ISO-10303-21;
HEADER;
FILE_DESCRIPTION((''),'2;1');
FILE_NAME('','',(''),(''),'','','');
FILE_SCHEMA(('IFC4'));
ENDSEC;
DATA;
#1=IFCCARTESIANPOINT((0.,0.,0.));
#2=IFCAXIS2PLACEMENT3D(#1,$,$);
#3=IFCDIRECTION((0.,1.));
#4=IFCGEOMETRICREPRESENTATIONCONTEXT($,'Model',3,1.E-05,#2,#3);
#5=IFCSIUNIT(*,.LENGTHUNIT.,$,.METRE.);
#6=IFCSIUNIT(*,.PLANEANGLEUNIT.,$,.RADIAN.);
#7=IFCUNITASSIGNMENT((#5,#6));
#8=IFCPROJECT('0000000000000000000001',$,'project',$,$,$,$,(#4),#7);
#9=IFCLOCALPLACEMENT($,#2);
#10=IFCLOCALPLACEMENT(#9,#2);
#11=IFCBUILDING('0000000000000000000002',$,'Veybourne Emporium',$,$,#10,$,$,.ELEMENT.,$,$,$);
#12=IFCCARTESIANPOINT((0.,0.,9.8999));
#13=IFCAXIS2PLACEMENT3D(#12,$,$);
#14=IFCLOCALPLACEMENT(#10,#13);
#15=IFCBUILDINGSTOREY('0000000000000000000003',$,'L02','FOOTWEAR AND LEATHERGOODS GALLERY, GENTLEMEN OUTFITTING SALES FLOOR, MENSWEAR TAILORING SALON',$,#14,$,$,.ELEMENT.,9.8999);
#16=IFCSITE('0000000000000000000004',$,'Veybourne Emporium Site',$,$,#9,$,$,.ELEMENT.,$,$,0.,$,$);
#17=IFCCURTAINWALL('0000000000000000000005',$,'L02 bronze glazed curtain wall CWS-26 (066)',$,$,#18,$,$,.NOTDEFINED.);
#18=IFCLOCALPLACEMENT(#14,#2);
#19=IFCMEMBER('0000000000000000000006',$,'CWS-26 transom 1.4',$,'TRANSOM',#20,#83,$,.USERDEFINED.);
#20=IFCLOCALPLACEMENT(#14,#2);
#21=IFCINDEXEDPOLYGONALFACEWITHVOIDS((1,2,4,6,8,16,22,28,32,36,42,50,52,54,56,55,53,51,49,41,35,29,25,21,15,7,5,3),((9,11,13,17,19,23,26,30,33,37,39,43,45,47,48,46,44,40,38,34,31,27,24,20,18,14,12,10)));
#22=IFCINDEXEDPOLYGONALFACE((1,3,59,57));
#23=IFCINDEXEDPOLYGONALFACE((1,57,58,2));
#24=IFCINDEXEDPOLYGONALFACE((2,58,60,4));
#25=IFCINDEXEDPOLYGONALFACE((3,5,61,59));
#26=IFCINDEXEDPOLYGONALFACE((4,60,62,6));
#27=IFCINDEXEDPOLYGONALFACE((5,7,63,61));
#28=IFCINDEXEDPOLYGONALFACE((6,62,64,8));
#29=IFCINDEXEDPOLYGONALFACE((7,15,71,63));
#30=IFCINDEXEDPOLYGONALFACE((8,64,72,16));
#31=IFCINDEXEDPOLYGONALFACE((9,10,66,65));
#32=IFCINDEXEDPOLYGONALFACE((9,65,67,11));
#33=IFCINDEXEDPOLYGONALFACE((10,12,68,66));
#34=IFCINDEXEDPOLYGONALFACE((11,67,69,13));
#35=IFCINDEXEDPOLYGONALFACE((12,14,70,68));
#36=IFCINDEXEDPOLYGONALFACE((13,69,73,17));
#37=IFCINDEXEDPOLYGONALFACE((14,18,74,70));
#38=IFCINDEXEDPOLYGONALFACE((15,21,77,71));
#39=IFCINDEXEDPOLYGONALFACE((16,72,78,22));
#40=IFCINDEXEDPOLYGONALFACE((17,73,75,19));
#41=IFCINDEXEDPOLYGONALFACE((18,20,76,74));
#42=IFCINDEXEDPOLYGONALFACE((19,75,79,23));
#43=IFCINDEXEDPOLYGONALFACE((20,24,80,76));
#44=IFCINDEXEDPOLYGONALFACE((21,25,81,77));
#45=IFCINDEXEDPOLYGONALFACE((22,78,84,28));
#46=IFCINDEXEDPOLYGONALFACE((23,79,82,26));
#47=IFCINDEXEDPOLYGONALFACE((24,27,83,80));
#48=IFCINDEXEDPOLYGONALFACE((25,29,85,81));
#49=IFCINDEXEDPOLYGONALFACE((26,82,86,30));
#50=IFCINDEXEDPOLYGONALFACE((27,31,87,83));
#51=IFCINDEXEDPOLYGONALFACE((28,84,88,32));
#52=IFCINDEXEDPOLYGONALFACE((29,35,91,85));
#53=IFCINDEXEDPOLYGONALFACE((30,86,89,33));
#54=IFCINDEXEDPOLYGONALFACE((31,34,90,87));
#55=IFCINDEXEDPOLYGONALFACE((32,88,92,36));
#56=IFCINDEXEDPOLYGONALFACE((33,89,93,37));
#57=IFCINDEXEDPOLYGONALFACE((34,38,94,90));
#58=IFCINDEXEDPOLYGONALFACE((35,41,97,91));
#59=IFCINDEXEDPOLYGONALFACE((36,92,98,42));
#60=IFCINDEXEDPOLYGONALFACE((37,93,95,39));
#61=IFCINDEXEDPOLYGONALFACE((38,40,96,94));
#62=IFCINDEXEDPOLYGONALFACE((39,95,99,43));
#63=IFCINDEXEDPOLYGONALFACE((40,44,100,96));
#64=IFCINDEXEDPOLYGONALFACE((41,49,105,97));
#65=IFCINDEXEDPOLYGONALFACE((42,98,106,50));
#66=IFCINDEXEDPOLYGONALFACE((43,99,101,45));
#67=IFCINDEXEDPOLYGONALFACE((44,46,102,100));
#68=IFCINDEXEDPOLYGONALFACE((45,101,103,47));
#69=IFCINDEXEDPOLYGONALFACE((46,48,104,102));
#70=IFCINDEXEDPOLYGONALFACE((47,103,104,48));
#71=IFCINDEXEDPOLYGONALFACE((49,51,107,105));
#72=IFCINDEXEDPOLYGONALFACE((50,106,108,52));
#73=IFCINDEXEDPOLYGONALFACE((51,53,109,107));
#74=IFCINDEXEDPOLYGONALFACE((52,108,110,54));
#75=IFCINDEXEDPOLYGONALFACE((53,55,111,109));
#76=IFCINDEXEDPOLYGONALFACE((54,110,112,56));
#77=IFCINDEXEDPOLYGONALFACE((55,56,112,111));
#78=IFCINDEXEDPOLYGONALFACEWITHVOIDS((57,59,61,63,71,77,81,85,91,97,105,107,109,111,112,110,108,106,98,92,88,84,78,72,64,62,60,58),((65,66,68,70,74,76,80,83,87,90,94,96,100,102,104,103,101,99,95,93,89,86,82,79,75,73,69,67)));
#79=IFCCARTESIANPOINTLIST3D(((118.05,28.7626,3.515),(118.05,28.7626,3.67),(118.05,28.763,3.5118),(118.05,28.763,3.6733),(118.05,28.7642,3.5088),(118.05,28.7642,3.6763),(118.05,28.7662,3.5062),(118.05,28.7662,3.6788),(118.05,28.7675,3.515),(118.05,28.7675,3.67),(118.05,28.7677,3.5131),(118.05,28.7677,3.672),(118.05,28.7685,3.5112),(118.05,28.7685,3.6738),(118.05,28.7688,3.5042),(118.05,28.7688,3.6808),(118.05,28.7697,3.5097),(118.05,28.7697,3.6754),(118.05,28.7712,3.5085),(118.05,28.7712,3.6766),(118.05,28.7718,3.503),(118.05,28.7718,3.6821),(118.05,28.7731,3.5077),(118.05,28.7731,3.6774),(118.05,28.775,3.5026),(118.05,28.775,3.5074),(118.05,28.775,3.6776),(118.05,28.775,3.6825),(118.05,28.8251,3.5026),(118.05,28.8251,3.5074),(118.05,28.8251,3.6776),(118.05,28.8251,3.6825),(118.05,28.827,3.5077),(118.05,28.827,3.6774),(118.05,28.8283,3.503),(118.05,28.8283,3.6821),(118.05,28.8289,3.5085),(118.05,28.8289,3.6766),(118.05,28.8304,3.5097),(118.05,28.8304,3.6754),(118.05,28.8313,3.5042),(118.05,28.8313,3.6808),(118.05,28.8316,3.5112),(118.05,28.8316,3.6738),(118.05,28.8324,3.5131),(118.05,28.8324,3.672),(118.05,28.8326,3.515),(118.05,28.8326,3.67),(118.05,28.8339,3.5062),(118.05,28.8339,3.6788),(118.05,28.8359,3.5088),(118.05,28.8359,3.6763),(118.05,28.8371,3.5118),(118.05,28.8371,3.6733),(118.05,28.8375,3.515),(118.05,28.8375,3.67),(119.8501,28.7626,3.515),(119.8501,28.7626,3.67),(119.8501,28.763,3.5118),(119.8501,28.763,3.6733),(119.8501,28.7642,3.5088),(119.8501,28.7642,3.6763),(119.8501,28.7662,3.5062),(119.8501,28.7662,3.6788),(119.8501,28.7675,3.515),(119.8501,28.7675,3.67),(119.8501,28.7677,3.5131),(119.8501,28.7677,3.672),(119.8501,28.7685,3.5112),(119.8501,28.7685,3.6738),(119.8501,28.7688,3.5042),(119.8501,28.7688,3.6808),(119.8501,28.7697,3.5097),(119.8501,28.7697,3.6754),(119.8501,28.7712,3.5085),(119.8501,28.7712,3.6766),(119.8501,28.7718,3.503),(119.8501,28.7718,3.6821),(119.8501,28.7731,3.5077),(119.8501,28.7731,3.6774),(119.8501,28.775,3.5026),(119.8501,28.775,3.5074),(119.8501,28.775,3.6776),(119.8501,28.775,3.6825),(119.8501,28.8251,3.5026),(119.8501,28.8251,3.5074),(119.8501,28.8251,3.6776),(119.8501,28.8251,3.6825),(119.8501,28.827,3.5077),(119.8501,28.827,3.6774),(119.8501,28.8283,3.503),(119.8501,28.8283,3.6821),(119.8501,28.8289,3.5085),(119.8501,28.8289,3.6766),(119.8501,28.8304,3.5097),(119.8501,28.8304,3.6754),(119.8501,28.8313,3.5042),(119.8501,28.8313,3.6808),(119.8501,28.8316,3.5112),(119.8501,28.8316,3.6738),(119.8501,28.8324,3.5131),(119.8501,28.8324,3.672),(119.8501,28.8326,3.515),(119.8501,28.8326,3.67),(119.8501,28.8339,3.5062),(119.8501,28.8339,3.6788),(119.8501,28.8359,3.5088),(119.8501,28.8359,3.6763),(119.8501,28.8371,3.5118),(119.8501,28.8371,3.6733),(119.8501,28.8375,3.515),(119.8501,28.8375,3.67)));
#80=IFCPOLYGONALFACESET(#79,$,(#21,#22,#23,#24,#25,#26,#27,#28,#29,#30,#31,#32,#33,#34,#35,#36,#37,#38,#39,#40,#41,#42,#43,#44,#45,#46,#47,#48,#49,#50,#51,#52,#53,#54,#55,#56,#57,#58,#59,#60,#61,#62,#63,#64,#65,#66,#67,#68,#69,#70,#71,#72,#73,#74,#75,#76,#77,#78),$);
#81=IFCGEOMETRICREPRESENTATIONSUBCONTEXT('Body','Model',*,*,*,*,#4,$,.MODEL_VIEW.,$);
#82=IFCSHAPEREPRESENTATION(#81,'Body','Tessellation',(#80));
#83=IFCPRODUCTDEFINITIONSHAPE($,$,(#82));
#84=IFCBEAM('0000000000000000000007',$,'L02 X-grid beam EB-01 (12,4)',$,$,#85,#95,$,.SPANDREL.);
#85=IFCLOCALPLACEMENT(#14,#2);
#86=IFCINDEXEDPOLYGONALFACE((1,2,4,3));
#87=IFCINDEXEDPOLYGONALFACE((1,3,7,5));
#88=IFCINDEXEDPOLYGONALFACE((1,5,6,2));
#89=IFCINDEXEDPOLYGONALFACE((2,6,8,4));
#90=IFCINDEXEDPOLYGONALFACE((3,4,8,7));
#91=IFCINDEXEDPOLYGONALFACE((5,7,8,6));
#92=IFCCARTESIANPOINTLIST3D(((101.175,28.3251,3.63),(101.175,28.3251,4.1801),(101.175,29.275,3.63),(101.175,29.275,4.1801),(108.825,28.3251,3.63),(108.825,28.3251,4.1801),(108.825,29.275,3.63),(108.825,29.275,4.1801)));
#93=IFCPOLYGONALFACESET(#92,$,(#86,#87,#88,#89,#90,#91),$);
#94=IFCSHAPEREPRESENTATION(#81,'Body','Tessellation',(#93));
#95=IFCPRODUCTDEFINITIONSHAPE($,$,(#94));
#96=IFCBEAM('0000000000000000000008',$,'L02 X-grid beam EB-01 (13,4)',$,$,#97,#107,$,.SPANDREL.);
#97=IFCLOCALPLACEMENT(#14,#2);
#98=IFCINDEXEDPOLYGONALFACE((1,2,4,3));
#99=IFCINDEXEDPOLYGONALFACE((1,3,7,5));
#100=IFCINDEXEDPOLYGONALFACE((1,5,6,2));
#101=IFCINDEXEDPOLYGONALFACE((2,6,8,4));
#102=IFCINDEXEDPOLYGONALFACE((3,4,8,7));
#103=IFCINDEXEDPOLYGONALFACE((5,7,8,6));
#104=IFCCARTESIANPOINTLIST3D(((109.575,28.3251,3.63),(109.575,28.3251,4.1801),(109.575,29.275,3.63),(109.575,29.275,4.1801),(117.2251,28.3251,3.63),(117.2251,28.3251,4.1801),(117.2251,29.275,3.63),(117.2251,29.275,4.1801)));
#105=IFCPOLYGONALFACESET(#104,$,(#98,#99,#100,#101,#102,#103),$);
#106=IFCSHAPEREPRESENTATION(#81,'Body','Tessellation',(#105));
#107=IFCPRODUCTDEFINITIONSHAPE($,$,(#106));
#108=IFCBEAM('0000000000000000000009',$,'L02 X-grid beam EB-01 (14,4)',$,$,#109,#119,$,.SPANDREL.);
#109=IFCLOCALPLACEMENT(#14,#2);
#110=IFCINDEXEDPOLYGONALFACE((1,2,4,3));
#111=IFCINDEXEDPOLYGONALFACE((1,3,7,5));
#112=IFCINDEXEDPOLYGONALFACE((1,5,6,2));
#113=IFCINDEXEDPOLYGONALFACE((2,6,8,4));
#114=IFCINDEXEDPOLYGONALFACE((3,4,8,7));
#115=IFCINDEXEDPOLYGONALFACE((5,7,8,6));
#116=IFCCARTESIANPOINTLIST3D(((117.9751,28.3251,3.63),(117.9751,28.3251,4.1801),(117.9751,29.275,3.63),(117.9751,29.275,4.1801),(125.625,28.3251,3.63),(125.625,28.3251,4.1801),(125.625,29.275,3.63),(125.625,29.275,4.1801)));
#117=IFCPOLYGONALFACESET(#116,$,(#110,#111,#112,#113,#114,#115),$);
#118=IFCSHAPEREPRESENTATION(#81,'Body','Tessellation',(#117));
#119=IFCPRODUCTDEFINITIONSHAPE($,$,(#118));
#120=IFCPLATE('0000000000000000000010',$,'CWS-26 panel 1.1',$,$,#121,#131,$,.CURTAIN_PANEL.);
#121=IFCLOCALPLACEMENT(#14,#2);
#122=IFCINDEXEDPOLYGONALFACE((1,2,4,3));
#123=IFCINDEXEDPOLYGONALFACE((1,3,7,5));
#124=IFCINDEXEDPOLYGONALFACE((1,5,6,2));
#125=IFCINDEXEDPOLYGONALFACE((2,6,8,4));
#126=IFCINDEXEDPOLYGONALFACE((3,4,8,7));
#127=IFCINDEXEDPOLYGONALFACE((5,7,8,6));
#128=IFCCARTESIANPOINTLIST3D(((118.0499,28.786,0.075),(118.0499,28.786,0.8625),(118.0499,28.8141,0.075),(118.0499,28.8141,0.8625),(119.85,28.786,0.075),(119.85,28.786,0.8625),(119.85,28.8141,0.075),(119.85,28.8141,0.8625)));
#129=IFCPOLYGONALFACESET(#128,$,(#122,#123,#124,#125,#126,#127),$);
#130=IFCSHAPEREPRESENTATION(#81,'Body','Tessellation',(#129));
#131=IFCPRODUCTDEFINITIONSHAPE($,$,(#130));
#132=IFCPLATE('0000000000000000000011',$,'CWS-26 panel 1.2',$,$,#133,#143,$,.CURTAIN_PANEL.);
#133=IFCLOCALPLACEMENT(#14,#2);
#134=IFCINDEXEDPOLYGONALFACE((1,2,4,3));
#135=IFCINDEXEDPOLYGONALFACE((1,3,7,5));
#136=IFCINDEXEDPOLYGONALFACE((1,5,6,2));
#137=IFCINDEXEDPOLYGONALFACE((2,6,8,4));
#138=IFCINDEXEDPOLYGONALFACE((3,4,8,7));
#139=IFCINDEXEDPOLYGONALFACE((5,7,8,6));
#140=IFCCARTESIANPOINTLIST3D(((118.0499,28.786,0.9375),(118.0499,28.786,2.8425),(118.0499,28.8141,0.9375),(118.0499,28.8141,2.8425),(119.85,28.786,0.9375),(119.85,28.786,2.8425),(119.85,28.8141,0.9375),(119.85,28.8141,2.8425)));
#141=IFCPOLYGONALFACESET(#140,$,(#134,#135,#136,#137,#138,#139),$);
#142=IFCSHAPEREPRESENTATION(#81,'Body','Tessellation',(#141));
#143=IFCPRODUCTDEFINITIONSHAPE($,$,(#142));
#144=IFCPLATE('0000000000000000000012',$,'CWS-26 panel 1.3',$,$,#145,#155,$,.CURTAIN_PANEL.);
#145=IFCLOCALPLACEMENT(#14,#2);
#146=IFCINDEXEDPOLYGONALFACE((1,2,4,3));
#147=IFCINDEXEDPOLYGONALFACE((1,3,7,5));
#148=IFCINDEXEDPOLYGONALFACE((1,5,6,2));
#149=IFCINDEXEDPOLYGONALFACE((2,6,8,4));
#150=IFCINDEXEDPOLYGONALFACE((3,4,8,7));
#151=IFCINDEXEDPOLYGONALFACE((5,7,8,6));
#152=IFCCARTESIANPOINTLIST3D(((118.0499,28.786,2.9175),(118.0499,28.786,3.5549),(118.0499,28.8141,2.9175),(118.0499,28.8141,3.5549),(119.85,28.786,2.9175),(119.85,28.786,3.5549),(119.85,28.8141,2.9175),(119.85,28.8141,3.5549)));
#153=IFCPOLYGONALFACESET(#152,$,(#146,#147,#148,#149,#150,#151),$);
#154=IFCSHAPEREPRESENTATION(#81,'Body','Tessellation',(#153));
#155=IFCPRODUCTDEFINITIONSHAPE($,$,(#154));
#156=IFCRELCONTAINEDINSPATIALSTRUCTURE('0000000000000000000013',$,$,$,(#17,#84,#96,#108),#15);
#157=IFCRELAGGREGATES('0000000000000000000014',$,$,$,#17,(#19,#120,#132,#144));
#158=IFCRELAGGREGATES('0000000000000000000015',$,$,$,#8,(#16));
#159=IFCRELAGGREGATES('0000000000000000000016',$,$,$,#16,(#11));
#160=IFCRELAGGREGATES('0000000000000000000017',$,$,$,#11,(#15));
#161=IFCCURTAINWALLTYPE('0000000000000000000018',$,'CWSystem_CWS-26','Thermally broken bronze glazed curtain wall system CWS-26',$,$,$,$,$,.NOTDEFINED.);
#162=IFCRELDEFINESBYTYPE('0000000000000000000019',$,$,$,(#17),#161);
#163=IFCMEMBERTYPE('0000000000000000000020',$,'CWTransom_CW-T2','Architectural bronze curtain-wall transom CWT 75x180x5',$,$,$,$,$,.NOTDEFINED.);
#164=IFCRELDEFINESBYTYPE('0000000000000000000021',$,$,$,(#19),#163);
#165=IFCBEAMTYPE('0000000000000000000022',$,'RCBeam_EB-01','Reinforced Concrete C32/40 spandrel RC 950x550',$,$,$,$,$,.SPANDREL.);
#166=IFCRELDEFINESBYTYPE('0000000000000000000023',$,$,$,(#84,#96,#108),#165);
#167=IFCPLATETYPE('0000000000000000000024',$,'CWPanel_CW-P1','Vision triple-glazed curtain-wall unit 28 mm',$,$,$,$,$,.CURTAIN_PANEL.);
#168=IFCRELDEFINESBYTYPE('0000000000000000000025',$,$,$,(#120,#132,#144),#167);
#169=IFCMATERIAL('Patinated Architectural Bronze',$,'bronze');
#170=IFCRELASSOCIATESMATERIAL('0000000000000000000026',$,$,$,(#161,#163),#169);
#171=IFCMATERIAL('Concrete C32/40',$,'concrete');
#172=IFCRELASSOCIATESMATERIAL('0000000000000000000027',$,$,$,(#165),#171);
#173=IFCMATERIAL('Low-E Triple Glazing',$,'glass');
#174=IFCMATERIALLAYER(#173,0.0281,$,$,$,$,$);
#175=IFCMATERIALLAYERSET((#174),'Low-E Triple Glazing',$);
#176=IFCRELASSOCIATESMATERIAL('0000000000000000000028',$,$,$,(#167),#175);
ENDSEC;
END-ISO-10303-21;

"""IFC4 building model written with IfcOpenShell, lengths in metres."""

from ifc_helpers import new_model, si_unit, direction, frame, origin, origin_2d, place, context, subcontext, project, spatial, rectangle, hollow_rectangle, extrude, material, layer, layer_set, material_profile, profile_set, type_object, element, aggregate, save


model = new_model("IFC4")

# Units and contexts
model_context = context("Model", 3, precision=1e-05, world=origin(), true_north=direction((0.0, 1.0)))
body_context = subcontext(model_context, "Body", "Model", "MODEL_VIEW")
ifc_project = project(units=[si_unit("LENGTHUNIT", "METRE"), si_unit("PLANEANGLEUNIT", "RADIAN")], contexts=[model_context])

# Site, building, storey
site_placement = place(None, origin())
site = spatial("IfcSite", under=ifc_project, at=site_placement, Name="Veybourne Emporium Site", CompositionType="ELEMENT", RefElevation=0.0)
building_placement = place(site_placement, origin())
building = spatial("IfcBuilding", under=site, at=building_placement, Name="Veybourne Emporium", CompositionType="ELEMENT")
storey_placement = place(building_placement, frame((0.0, 0.0, 9.8999)))
storey = spatial("IfcBuildingStorey", under=building, at=storey_placement, Name="L02", Description="FOOTWEAR AND LEATHERGOODS GALLERY, GENTLEMEN OUTFITTING SALES FLOOR, MENSWEAR TAILORING SALON", CompositionType="ELEMENT", Elevation=9.8999)

# Curtain wall, member
ifc_material_1 = material(Name="Patinated Architectural Bronze", Category="bronze")
curtain_wall_type = type_object("IfcCurtainWallType", Name="CWSystem_CWS-26", Description="Thermally broken bronze glazed curtain wall system CWS-26", PredefinedType="NOTDEFINED", material=ifc_material_1)
curtain_wall_placement = place(storey_placement, origin())
curtain_wall = element("IfcCurtainWall", 1, at=curtain_wall_placement, inside=storey, type_object=curtain_wall_type, Name="L02 bronze glazed curtain wall CWS-26 (066)", PredefinedType="NOTDEFINED")
ifc_material_profile_1 = material_profile(ifc_material_1, hollow_rectangle(XDim=0.075, YDim=0.1799, WallThickness=0.0049, InnerFilletRadius=0.0076, OuterFilletRadius=0.0125, at=origin_2d()), Name="CWT 75x180x5")
ifc_profile_set_1 = profile_set([ifc_material_profile_1], Name="Patinated Architectural Bronze")
member_type_1 = type_object("IfcMemberType", Name="CWTransom_CW-T2", Description="Architectural bronze curtain-wall transom CWT 75x180x5", PredefinedType="NOTDEFINED", material=ifc_profile_set_1)
member_1_placement = place(storey_placement, frame((118.05, 28.8, 3.5925), z_axis=(1.0, 0.0, 0.0), x_axis=(0.0, 1.0, 0.0)))
member_1 = element("IfcMember", 2, at=member_1_placement, type_object=member_type_1, Name="CWS-26 transom 1.4", ObjectType="TRANSOM", PredefinedType="USERDEFINED", context=body_context, shape_type="SweptSolid", body=[
    extrude(hollow_rectangle(XDim=0.075, YDim=0.1799, WallThickness=0.0049, InnerFilletRadius=0.0076, OuterFilletRadius=0.0125, at=origin_2d()), origin(), (0.0, 0.0, 1.0), 1.8),
])

# Beams
ifc_material_2 = material(Name="Concrete C32/40", Category="concrete")
ifc_material_profile_2 = material_profile(ifc_material_2, rectangle(XDim=0.95, YDim=0.55, at=origin_2d()), Name="RC 950x550")
ifc_profile_set_2 = profile_set([ifc_material_profile_2], Name="Concrete C32/40")
beam_type = type_object("IfcBeamType", Name="RCBeam_EB-01", Description="Reinforced Concrete C32/40 spandrel RC 950x550", PredefinedType="SPANDREL", material=ifc_profile_set_2)
beam_1_placement = place(storey_placement, frame((101.175, 28.8, 3.905), z_axis=(1.0, 0.0, 0.0), x_axis=(0.0, 1.0, 0.0)))
element("IfcBeam", 3, at=beam_1_placement, inside=storey, type_object=beam_type, Name="L02 X-grid beam EB-01 (12,4)", PredefinedType="SPANDREL", context=body_context, shape_type="SweptSolid", body=[
    extrude(rectangle(XDim=0.95, YDim=0.55, at=origin_2d()), origin(), (0.0, 0.0, 1.0), 7.6499),
])
beam_2_placement = place(storey_placement, frame((109.575, 28.8, 3.905), z_axis=(1.0, 0.0, 0.0), x_axis=(0.0, 1.0, 0.0)))
element("IfcBeam", 4, at=beam_2_placement, inside=storey, type_object=beam_type, Name="L02 X-grid beam EB-01 (13,4)", PredefinedType="SPANDREL", context=body_context, shape_type="SweptSolid", body=[
    extrude(rectangle(XDim=0.95, YDim=0.55, at=origin_2d()), origin(), (0.0, 0.0, 1.0), 7.6501),
])
beam_3_placement = place(storey_placement, frame((117.9751, 28.8, 3.905), z_axis=(1.0, 0.0, 0.0), x_axis=(0.0, 1.0, 0.0)))
element("IfcBeam", 5, at=beam_3_placement, inside=storey, type_object=beam_type, Name="L02 X-grid beam EB-01 (14,4)", PredefinedType="SPANDREL", context=body_context, shape_type="SweptSolid", body=[
    extrude(rectangle(XDim=0.95, YDim=0.55, at=origin_2d()), origin(), (0.0, 0.0, 1.0), 7.6499),
])

# Plates
ifc_material_3 = material(Name="Low-E Triple Glazing", Category="glass")
ifc_layer_1 = layer(ifc_material_3, 0.0281)
ifc_layer_set_1 = layer_set([ifc_layer_1], Name="Low-E Triple Glazing")
plate_type = type_object("IfcPlateType", Name="CWPanel_CW-P1", Description="Vision triple-glazed curtain-wall unit 28 mm", PredefinedType="CURTAIN_PANEL", material=ifc_layer_set_1)
plate_1_placement = place(storey_placement, frame((118.95, 28.8, 0.075), z_axis=(0.0, 0.0, 1.0), x_axis=(1.0, 0.0, 0.0)))
plate_1 = element("IfcPlate", 6, at=plate_1_placement, type_object=plate_type, Name="CWS-26 panel 1.1", PredefinedType="CURTAIN_PANEL", context=body_context, shape_type="SweptSolid", body=[
    extrude(rectangle(XDim=1.8, YDim=0.0281, at=origin_2d()), origin(), (0.0, 0.0, 1.0), 0.7876),
])
plate_2_placement = place(storey_placement, frame((118.95, 28.8, 0.9375), z_axis=(0.0, 0.0, 1.0), x_axis=(1.0, 0.0, 0.0)))
plate_2 = element("IfcPlate", 7, at=plate_2_placement, type_object=plate_type, Name="CWS-26 panel 1.2", PredefinedType="CURTAIN_PANEL", context=body_context, shape_type="SweptSolid", body=[
    extrude(rectangle(XDim=1.8, YDim=0.0281, at=origin_2d()), origin(), (0.0, 0.0, 1.0), 1.905),
])
plate_3_placement = place(storey_placement, frame((118.95, 28.8, 2.9175), z_axis=(0.0, 0.0, 1.0), x_axis=(1.0, 0.0, 0.0)))
plate_3 = element("IfcPlate", 8, at=plate_3_placement, type_object=plate_type, Name="CWS-26 panel 1.3", PredefinedType="CURTAIN_PANEL", context=body_context, shape_type="SweptSolid", body=[
    extrude(rectangle(XDim=1.8, YDim=0.0281, at=origin_2d()), origin(), (0.0, 0.0, 1.0), 0.6375),
])
aggregate(curtain_wall, [member_1, plate_1, plate_2, plate_3])

save(model, "model.ifc")
